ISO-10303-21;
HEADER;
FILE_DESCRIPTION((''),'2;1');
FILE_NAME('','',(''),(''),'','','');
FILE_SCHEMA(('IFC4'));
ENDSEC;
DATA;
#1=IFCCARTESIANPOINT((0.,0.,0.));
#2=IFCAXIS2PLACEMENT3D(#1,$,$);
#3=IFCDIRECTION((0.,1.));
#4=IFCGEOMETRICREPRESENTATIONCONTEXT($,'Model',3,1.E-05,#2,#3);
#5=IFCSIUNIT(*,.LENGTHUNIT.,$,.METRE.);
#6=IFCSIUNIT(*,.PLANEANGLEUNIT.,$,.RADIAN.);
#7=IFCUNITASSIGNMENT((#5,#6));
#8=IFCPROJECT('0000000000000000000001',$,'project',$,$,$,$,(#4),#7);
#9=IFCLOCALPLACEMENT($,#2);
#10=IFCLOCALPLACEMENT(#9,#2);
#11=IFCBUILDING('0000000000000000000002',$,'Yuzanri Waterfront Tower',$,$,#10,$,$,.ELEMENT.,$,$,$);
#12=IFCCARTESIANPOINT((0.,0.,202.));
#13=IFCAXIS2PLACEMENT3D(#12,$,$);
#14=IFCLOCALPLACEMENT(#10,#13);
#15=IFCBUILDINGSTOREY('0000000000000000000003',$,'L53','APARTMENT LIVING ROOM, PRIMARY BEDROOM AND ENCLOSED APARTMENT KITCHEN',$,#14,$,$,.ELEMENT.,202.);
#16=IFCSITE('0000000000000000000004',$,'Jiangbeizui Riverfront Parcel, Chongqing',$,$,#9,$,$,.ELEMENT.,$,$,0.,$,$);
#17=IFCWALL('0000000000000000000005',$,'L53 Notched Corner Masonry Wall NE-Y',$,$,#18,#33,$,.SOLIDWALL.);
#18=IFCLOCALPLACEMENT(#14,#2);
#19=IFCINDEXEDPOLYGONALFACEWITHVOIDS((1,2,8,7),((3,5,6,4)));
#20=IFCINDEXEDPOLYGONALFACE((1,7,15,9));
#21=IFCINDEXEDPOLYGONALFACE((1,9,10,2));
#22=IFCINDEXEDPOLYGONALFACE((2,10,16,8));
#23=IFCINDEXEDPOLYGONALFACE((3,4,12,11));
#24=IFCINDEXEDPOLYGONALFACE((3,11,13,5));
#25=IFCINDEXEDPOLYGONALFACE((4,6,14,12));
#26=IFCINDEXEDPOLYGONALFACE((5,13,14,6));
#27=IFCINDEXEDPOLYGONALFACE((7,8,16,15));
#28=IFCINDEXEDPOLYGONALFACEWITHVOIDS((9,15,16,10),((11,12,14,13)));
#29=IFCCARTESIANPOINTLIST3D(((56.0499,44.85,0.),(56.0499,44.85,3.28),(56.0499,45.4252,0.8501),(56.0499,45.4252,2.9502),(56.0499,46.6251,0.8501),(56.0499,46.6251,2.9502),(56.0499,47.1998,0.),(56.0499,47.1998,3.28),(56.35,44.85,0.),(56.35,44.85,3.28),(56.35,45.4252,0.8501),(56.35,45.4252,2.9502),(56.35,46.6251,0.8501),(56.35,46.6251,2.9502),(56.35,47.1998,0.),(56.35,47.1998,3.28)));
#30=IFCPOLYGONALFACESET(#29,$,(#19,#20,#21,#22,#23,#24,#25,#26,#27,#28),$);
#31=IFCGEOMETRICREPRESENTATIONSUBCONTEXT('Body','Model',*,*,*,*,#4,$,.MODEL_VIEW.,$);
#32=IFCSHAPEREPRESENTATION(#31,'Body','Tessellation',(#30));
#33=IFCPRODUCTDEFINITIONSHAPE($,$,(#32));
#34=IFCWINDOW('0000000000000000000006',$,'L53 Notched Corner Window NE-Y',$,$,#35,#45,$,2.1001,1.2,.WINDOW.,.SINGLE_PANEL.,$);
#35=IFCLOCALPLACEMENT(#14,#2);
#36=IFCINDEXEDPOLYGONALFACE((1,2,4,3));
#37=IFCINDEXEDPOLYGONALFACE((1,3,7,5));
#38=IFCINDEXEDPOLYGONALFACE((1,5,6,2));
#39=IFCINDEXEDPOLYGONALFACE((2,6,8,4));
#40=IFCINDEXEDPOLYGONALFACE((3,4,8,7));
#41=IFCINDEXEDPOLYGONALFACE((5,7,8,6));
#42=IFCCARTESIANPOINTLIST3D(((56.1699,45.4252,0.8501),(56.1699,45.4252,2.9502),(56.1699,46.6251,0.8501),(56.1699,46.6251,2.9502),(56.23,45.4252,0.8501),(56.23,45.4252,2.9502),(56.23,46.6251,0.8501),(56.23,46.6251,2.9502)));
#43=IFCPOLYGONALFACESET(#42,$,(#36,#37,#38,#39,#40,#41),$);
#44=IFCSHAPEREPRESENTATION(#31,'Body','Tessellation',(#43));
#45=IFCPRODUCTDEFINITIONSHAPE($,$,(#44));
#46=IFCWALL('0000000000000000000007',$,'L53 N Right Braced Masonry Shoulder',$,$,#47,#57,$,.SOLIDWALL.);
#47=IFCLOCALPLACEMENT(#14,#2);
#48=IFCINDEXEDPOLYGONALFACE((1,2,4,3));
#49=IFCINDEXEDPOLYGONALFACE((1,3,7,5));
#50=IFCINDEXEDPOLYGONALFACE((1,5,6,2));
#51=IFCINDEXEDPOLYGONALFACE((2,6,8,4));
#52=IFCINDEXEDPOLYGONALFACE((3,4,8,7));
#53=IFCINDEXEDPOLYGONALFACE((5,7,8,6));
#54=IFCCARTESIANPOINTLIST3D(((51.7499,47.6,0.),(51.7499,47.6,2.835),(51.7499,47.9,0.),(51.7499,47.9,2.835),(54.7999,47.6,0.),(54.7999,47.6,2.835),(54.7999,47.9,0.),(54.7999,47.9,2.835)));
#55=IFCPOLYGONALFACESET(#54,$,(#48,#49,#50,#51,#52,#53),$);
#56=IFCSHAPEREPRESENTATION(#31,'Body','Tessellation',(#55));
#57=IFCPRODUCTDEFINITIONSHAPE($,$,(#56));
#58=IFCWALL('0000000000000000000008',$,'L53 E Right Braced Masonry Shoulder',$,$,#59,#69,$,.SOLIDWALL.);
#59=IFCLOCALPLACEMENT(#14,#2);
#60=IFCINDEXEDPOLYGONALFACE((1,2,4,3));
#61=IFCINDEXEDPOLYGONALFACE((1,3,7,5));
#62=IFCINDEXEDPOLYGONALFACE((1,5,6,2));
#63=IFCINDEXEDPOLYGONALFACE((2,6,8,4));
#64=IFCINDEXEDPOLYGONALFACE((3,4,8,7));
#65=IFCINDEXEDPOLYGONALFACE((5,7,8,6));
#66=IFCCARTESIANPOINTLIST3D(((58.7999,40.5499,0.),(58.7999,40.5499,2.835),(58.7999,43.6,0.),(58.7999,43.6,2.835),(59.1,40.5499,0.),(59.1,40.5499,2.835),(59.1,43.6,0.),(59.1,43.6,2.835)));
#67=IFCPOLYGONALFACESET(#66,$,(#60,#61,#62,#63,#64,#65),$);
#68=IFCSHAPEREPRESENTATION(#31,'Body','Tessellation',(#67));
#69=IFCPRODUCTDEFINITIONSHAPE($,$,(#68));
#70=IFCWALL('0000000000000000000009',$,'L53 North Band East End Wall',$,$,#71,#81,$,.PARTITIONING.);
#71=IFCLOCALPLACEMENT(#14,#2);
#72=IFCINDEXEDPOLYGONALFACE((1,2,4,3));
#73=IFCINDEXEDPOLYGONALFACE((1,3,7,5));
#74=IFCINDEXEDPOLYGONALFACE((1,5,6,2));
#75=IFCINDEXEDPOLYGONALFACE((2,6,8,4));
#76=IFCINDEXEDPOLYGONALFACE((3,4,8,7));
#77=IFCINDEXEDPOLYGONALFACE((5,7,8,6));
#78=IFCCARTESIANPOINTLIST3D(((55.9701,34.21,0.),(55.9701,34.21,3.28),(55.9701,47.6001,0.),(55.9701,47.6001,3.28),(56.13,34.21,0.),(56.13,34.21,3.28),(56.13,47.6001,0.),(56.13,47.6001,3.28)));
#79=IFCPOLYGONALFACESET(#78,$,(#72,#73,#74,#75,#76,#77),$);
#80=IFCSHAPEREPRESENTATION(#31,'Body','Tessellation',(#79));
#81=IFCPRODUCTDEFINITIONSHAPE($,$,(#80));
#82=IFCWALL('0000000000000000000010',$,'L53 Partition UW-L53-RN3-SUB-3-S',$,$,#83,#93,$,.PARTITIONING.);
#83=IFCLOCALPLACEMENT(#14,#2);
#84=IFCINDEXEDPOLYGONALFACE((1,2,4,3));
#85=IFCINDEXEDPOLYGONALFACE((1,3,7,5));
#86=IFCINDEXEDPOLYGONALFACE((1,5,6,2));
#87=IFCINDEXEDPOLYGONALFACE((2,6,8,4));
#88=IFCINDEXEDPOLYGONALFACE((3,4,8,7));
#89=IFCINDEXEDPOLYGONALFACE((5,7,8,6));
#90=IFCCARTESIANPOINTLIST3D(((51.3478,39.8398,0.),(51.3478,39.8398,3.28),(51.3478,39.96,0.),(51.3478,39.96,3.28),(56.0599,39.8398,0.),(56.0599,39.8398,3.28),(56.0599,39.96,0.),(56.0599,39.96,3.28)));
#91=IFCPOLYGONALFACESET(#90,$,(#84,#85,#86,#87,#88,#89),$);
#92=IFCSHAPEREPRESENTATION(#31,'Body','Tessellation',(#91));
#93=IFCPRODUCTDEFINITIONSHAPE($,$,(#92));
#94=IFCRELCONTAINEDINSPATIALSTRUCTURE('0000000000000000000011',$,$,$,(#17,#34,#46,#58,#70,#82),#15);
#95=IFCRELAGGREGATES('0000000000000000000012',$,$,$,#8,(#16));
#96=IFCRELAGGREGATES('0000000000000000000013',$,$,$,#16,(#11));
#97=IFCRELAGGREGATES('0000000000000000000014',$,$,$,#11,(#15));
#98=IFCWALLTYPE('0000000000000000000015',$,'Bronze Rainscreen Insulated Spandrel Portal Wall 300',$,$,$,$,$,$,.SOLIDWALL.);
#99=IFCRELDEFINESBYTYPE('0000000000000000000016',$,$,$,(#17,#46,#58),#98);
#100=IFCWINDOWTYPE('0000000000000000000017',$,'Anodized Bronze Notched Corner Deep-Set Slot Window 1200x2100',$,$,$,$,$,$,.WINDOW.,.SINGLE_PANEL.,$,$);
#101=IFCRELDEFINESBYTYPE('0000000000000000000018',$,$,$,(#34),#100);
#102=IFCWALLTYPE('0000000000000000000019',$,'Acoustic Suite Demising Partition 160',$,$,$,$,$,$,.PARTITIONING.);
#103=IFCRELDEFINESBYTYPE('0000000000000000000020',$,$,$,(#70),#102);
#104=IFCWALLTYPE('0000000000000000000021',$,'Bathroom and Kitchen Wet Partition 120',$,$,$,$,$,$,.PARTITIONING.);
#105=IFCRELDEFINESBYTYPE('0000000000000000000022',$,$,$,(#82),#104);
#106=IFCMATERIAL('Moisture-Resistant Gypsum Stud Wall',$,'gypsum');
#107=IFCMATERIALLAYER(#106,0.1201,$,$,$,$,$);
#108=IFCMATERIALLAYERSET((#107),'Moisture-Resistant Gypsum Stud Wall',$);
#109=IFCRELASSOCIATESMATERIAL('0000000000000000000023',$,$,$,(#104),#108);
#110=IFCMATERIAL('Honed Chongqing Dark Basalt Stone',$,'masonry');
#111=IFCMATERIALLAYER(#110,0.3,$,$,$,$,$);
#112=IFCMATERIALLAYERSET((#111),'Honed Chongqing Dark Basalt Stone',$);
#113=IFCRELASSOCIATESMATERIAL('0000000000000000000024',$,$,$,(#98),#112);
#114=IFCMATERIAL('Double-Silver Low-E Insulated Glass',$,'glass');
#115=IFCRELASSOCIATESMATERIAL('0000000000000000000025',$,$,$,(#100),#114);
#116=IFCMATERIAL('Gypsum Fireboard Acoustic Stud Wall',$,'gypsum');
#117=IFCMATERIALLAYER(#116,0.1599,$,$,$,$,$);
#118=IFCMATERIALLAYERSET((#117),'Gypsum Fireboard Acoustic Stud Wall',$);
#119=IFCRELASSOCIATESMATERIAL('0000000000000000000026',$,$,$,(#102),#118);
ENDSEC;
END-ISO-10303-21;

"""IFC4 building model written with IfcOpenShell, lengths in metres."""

from ifc_helpers import new_model, si_unit, direction, frame, frame_2d, origin, place, context, subcontext, project, spatial, rectangle, extrude, source, transform, mapped, material, layer, layer_set, type_object, element, fill, save


model = new_model("IFC4")

# Units and contexts
model_context = context("Model", 3, precision=1e-05, world=origin(), true_north=direction((0.0, 1.0)))
body_context = subcontext(model_context, "Body", "Model", "MODEL_VIEW")
ifc_project = project(units=[si_unit("LENGTHUNIT", "METRE"), si_unit("PLANEANGLEUNIT", "RADIAN")], contexts=[model_context])

# Site, building, storey
site_placement = place(None, origin())
site = spatial("IfcSite", under=ifc_project, at=site_placement, Name="Jiangbeizui Riverfront Parcel, Chongqing", CompositionType="ELEMENT", RefElevation=0.0)
building_placement = place(site_placement, origin())
building = spatial("IfcBuilding", under=site, at=building_placement, Name="Yuzanri Waterfront Tower", CompositionType="ELEMENT")
storey_placement = place(building_placement, frame((0.0, 0.0, 202.0)))
storey = spatial("IfcBuildingStorey", under=building, at=storey_placement, Name="L53", Description="APARTMENT LIVING ROOM, PRIMARY BEDROOM AND ENCLOSED APARTMENT KITCHEN", CompositionType="ELEMENT", Elevation=202.0)

# Shared definitions
ifc_material_1 = material(Name="Moisture-Resistant Gypsum Stud Wall", Category="gypsum")
ifc_layer_1 = layer(ifc_material_1, 0.1201)
ifc_layer_set_1 = layer_set([ifc_layer_1], Name="Moisture-Resistant Gypsum Stud Wall")
wall_type_1 = type_object("IfcWallType", Name="Bathroom and Kitchen Wet Partition 120", PredefinedType="PARTITIONING", material=ifc_layer_set_1)

# Wall, opening, window
ifc_material_2 = material(Name="Honed Chongqing Dark Basalt Stone", Category="masonry")
ifc_layer_2 = layer(ifc_material_2, 0.3)
ifc_layer_set_2 = layer_set([ifc_layer_2], Name="Honed Chongqing Dark Basalt Stone")
wall_type_2 = type_object("IfcWallType", Name="Bronze Rainscreen Insulated Spandrel Portal Wall 300", PredefinedType="SOLIDWALL", material=ifc_layer_set_2)
wall_1_placement = place(storey_placement, frame((56.2, 44.8501, 0.0), z_axis=(0.0, 0.0, 1.0), x_axis=(0.0, 1.0, 0.0)))
wall_1 = element("IfcWall", 1, at=wall_1_placement, inside=storey, type_object=wall_type_2, Name="L53 Notched Corner Masonry Wall NE-Y", PredefinedType="SOLIDWALL", context=body_context, shape_type="SweptSolid", body=[
    extrude(rectangle(XDim=2.3499, YDim=0.3, at=frame_2d((1.1748, 0.0))), origin(), (0.0, 0.0, 1.0), 3.28),
])
opening_1_placement = place(wall_1_placement, frame((0.575, 0.0, 0.8501)))
opening_1 = element("IfcOpeningElement", 2, at=opening_1_placement, cuts=wall_1, PredefinedType="OPENING", context=body_context, shape_type="SweptSolid", body=[
    extrude(rectangle(XDim=1.2, YDim=2.1001, at=frame_2d((0.6001, 1.05))), frame((0.0, 0.165, 0.0), z_axis=(0.0, -1.0, 0.0), x_axis=(1.0, 0.0, 0.0)), (0.0, 0.0, 1.0), 0.3298),
])
ifc_material_3 = material(Name="Double-Silver Low-E Insulated Glass", Category="glass")
window_type_1 = type_object("IfcWindowType", Name="Anodized Bronze Notched Corner Deep-Set Slot Window 1200x2100", PartitioningType="SINGLE_PANEL", PredefinedType="WINDOW", material=ifc_material_3)
shared_shape_1 = source(origin(), body_context, "Body", "SweptSolid", [
    extrude(rectangle(XDim=1.2, YDim=2.1001, at=frame_2d((0.6001, 1.05))), frame((0.0, 0.03, 0.0), z_axis=(0.0, -1.0, 0.0), x_axis=(1.0, 0.0, 0.0)), (0.0, 0.0, 1.0), 0.0601),
])
window_1_placement = place(opening_1_placement, origin())
window_1 = element("IfcWindow", 3, at=window_1_placement, inside=storey, type_object=window_type_1, Name="L53 Notched Corner Window NE-Y", OverallHeight=2.1001, OverallWidth=1.2, PartitioningType="SINGLE_PANEL", PredefinedType="WINDOW", context=body_context, shape_type="MappedRepresentation", body=[
    mapped(shared_shape_1, transform((0.0, 0.0, 0.0), scale=1.0)),
])
fill(opening_1, window_1)

# Walls
shared_shape_2 = source(origin(), body_context, "Body", "SweptSolid", [
    extrude(rectangle(XDim=3.05, YDim=0.3, at=frame_2d((1.5249, 0.0))), origin(), (0.0, 0.0, 1.0), 2.835),
])
for number, where, z_axis, x_axis, name in (
    (4, (51.75, 47.75, 0.0), (0.0, 0.0, 1.0), (1.0, 0.0, 0.0), "L53 N Right Braced Masonry Shoulder"),
    (5, (58.95, 40.55, 0.0), (0.0, 0.0, 1.0), (0.0, 1.0, 0.0), "L53 E Right Braced Masonry Shoulder"),
):
    element("IfcWall", number, at=place(storey_placement, frame(where, z_axis=z_axis, x_axis=x_axis)), inside=storey, type_object=wall_type_2, Name=name, PredefinedType="SOLIDWALL", context=body_context, shape_type="MappedRepresentation", body=[
        mapped(shared_shape_2, transform((0.0, 0.0, 0.0), scale=1.0)),
    ])
ifc_material_4 = material(Name="Gypsum Fireboard Acoustic Stud Wall", Category="gypsum")
ifc_layer_3 = layer(ifc_material_4, 0.1599)
ifc_layer_set_3 = layer_set([ifc_layer_3], Name="Gypsum Fireboard Acoustic Stud Wall")
wall_type_3 = type_object("IfcWallType", Name="Acoustic Suite Demising Partition 160", PredefinedType="PARTITIONING", material=ifc_layer_set_3)
shared_shape_3 = source(origin(), body_context, "Body", "SweptSolid", [
    extrude(rectangle(XDim=13.3901, YDim=0.1599, at=frame_2d((6.6951, 0.0))), origin(), (0.0, 0.0, 1.0), 3.28),
])
wall_2_placement = place(storey_placement, frame((56.05, 34.21, 0.0), z_axis=(0.0, 0.0, 1.0), x_axis=(0.0, 1.0, 0.0)))
element("IfcWall", 6, at=wall_2_placement, inside=storey, type_object=wall_type_3, Name="L53 North Band East End Wall", PredefinedType="PARTITIONING", context=body_context, shape_type="MappedRepresentation", body=[
    mapped(shared_shape_3, transform((0.0, 0.0, 0.0), scale=1.0)),
])
shared_shape_4 = source(origin(), body_context, "Body", "SweptSolid", [
    extrude(rectangle(XDim=4.7122, YDim=0.1201, at=frame_2d((2.356, 0.0))), origin(), (0.0, 0.0, 1.0), 3.28),
])
wall_3_placement = place(storey_placement, frame((51.3479, 39.8999, 0.0), z_axis=(0.0, 0.0, 1.0), x_axis=(1.0, 0.0, 0.0)))
element("IfcWall", 7, at=wall_3_placement, inside=storey, type_object=wall_type_1, Name="L53 Partition UW-L53-RN3-SUB-3-S", PredefinedType="PARTITIONING", context=body_context, shape_type="MappedRepresentation", body=[
    mapped(shared_shape_4, transform((0.0, 0.0, 0.0), scale=1.0)),
])

save(model, "model.ifc")
